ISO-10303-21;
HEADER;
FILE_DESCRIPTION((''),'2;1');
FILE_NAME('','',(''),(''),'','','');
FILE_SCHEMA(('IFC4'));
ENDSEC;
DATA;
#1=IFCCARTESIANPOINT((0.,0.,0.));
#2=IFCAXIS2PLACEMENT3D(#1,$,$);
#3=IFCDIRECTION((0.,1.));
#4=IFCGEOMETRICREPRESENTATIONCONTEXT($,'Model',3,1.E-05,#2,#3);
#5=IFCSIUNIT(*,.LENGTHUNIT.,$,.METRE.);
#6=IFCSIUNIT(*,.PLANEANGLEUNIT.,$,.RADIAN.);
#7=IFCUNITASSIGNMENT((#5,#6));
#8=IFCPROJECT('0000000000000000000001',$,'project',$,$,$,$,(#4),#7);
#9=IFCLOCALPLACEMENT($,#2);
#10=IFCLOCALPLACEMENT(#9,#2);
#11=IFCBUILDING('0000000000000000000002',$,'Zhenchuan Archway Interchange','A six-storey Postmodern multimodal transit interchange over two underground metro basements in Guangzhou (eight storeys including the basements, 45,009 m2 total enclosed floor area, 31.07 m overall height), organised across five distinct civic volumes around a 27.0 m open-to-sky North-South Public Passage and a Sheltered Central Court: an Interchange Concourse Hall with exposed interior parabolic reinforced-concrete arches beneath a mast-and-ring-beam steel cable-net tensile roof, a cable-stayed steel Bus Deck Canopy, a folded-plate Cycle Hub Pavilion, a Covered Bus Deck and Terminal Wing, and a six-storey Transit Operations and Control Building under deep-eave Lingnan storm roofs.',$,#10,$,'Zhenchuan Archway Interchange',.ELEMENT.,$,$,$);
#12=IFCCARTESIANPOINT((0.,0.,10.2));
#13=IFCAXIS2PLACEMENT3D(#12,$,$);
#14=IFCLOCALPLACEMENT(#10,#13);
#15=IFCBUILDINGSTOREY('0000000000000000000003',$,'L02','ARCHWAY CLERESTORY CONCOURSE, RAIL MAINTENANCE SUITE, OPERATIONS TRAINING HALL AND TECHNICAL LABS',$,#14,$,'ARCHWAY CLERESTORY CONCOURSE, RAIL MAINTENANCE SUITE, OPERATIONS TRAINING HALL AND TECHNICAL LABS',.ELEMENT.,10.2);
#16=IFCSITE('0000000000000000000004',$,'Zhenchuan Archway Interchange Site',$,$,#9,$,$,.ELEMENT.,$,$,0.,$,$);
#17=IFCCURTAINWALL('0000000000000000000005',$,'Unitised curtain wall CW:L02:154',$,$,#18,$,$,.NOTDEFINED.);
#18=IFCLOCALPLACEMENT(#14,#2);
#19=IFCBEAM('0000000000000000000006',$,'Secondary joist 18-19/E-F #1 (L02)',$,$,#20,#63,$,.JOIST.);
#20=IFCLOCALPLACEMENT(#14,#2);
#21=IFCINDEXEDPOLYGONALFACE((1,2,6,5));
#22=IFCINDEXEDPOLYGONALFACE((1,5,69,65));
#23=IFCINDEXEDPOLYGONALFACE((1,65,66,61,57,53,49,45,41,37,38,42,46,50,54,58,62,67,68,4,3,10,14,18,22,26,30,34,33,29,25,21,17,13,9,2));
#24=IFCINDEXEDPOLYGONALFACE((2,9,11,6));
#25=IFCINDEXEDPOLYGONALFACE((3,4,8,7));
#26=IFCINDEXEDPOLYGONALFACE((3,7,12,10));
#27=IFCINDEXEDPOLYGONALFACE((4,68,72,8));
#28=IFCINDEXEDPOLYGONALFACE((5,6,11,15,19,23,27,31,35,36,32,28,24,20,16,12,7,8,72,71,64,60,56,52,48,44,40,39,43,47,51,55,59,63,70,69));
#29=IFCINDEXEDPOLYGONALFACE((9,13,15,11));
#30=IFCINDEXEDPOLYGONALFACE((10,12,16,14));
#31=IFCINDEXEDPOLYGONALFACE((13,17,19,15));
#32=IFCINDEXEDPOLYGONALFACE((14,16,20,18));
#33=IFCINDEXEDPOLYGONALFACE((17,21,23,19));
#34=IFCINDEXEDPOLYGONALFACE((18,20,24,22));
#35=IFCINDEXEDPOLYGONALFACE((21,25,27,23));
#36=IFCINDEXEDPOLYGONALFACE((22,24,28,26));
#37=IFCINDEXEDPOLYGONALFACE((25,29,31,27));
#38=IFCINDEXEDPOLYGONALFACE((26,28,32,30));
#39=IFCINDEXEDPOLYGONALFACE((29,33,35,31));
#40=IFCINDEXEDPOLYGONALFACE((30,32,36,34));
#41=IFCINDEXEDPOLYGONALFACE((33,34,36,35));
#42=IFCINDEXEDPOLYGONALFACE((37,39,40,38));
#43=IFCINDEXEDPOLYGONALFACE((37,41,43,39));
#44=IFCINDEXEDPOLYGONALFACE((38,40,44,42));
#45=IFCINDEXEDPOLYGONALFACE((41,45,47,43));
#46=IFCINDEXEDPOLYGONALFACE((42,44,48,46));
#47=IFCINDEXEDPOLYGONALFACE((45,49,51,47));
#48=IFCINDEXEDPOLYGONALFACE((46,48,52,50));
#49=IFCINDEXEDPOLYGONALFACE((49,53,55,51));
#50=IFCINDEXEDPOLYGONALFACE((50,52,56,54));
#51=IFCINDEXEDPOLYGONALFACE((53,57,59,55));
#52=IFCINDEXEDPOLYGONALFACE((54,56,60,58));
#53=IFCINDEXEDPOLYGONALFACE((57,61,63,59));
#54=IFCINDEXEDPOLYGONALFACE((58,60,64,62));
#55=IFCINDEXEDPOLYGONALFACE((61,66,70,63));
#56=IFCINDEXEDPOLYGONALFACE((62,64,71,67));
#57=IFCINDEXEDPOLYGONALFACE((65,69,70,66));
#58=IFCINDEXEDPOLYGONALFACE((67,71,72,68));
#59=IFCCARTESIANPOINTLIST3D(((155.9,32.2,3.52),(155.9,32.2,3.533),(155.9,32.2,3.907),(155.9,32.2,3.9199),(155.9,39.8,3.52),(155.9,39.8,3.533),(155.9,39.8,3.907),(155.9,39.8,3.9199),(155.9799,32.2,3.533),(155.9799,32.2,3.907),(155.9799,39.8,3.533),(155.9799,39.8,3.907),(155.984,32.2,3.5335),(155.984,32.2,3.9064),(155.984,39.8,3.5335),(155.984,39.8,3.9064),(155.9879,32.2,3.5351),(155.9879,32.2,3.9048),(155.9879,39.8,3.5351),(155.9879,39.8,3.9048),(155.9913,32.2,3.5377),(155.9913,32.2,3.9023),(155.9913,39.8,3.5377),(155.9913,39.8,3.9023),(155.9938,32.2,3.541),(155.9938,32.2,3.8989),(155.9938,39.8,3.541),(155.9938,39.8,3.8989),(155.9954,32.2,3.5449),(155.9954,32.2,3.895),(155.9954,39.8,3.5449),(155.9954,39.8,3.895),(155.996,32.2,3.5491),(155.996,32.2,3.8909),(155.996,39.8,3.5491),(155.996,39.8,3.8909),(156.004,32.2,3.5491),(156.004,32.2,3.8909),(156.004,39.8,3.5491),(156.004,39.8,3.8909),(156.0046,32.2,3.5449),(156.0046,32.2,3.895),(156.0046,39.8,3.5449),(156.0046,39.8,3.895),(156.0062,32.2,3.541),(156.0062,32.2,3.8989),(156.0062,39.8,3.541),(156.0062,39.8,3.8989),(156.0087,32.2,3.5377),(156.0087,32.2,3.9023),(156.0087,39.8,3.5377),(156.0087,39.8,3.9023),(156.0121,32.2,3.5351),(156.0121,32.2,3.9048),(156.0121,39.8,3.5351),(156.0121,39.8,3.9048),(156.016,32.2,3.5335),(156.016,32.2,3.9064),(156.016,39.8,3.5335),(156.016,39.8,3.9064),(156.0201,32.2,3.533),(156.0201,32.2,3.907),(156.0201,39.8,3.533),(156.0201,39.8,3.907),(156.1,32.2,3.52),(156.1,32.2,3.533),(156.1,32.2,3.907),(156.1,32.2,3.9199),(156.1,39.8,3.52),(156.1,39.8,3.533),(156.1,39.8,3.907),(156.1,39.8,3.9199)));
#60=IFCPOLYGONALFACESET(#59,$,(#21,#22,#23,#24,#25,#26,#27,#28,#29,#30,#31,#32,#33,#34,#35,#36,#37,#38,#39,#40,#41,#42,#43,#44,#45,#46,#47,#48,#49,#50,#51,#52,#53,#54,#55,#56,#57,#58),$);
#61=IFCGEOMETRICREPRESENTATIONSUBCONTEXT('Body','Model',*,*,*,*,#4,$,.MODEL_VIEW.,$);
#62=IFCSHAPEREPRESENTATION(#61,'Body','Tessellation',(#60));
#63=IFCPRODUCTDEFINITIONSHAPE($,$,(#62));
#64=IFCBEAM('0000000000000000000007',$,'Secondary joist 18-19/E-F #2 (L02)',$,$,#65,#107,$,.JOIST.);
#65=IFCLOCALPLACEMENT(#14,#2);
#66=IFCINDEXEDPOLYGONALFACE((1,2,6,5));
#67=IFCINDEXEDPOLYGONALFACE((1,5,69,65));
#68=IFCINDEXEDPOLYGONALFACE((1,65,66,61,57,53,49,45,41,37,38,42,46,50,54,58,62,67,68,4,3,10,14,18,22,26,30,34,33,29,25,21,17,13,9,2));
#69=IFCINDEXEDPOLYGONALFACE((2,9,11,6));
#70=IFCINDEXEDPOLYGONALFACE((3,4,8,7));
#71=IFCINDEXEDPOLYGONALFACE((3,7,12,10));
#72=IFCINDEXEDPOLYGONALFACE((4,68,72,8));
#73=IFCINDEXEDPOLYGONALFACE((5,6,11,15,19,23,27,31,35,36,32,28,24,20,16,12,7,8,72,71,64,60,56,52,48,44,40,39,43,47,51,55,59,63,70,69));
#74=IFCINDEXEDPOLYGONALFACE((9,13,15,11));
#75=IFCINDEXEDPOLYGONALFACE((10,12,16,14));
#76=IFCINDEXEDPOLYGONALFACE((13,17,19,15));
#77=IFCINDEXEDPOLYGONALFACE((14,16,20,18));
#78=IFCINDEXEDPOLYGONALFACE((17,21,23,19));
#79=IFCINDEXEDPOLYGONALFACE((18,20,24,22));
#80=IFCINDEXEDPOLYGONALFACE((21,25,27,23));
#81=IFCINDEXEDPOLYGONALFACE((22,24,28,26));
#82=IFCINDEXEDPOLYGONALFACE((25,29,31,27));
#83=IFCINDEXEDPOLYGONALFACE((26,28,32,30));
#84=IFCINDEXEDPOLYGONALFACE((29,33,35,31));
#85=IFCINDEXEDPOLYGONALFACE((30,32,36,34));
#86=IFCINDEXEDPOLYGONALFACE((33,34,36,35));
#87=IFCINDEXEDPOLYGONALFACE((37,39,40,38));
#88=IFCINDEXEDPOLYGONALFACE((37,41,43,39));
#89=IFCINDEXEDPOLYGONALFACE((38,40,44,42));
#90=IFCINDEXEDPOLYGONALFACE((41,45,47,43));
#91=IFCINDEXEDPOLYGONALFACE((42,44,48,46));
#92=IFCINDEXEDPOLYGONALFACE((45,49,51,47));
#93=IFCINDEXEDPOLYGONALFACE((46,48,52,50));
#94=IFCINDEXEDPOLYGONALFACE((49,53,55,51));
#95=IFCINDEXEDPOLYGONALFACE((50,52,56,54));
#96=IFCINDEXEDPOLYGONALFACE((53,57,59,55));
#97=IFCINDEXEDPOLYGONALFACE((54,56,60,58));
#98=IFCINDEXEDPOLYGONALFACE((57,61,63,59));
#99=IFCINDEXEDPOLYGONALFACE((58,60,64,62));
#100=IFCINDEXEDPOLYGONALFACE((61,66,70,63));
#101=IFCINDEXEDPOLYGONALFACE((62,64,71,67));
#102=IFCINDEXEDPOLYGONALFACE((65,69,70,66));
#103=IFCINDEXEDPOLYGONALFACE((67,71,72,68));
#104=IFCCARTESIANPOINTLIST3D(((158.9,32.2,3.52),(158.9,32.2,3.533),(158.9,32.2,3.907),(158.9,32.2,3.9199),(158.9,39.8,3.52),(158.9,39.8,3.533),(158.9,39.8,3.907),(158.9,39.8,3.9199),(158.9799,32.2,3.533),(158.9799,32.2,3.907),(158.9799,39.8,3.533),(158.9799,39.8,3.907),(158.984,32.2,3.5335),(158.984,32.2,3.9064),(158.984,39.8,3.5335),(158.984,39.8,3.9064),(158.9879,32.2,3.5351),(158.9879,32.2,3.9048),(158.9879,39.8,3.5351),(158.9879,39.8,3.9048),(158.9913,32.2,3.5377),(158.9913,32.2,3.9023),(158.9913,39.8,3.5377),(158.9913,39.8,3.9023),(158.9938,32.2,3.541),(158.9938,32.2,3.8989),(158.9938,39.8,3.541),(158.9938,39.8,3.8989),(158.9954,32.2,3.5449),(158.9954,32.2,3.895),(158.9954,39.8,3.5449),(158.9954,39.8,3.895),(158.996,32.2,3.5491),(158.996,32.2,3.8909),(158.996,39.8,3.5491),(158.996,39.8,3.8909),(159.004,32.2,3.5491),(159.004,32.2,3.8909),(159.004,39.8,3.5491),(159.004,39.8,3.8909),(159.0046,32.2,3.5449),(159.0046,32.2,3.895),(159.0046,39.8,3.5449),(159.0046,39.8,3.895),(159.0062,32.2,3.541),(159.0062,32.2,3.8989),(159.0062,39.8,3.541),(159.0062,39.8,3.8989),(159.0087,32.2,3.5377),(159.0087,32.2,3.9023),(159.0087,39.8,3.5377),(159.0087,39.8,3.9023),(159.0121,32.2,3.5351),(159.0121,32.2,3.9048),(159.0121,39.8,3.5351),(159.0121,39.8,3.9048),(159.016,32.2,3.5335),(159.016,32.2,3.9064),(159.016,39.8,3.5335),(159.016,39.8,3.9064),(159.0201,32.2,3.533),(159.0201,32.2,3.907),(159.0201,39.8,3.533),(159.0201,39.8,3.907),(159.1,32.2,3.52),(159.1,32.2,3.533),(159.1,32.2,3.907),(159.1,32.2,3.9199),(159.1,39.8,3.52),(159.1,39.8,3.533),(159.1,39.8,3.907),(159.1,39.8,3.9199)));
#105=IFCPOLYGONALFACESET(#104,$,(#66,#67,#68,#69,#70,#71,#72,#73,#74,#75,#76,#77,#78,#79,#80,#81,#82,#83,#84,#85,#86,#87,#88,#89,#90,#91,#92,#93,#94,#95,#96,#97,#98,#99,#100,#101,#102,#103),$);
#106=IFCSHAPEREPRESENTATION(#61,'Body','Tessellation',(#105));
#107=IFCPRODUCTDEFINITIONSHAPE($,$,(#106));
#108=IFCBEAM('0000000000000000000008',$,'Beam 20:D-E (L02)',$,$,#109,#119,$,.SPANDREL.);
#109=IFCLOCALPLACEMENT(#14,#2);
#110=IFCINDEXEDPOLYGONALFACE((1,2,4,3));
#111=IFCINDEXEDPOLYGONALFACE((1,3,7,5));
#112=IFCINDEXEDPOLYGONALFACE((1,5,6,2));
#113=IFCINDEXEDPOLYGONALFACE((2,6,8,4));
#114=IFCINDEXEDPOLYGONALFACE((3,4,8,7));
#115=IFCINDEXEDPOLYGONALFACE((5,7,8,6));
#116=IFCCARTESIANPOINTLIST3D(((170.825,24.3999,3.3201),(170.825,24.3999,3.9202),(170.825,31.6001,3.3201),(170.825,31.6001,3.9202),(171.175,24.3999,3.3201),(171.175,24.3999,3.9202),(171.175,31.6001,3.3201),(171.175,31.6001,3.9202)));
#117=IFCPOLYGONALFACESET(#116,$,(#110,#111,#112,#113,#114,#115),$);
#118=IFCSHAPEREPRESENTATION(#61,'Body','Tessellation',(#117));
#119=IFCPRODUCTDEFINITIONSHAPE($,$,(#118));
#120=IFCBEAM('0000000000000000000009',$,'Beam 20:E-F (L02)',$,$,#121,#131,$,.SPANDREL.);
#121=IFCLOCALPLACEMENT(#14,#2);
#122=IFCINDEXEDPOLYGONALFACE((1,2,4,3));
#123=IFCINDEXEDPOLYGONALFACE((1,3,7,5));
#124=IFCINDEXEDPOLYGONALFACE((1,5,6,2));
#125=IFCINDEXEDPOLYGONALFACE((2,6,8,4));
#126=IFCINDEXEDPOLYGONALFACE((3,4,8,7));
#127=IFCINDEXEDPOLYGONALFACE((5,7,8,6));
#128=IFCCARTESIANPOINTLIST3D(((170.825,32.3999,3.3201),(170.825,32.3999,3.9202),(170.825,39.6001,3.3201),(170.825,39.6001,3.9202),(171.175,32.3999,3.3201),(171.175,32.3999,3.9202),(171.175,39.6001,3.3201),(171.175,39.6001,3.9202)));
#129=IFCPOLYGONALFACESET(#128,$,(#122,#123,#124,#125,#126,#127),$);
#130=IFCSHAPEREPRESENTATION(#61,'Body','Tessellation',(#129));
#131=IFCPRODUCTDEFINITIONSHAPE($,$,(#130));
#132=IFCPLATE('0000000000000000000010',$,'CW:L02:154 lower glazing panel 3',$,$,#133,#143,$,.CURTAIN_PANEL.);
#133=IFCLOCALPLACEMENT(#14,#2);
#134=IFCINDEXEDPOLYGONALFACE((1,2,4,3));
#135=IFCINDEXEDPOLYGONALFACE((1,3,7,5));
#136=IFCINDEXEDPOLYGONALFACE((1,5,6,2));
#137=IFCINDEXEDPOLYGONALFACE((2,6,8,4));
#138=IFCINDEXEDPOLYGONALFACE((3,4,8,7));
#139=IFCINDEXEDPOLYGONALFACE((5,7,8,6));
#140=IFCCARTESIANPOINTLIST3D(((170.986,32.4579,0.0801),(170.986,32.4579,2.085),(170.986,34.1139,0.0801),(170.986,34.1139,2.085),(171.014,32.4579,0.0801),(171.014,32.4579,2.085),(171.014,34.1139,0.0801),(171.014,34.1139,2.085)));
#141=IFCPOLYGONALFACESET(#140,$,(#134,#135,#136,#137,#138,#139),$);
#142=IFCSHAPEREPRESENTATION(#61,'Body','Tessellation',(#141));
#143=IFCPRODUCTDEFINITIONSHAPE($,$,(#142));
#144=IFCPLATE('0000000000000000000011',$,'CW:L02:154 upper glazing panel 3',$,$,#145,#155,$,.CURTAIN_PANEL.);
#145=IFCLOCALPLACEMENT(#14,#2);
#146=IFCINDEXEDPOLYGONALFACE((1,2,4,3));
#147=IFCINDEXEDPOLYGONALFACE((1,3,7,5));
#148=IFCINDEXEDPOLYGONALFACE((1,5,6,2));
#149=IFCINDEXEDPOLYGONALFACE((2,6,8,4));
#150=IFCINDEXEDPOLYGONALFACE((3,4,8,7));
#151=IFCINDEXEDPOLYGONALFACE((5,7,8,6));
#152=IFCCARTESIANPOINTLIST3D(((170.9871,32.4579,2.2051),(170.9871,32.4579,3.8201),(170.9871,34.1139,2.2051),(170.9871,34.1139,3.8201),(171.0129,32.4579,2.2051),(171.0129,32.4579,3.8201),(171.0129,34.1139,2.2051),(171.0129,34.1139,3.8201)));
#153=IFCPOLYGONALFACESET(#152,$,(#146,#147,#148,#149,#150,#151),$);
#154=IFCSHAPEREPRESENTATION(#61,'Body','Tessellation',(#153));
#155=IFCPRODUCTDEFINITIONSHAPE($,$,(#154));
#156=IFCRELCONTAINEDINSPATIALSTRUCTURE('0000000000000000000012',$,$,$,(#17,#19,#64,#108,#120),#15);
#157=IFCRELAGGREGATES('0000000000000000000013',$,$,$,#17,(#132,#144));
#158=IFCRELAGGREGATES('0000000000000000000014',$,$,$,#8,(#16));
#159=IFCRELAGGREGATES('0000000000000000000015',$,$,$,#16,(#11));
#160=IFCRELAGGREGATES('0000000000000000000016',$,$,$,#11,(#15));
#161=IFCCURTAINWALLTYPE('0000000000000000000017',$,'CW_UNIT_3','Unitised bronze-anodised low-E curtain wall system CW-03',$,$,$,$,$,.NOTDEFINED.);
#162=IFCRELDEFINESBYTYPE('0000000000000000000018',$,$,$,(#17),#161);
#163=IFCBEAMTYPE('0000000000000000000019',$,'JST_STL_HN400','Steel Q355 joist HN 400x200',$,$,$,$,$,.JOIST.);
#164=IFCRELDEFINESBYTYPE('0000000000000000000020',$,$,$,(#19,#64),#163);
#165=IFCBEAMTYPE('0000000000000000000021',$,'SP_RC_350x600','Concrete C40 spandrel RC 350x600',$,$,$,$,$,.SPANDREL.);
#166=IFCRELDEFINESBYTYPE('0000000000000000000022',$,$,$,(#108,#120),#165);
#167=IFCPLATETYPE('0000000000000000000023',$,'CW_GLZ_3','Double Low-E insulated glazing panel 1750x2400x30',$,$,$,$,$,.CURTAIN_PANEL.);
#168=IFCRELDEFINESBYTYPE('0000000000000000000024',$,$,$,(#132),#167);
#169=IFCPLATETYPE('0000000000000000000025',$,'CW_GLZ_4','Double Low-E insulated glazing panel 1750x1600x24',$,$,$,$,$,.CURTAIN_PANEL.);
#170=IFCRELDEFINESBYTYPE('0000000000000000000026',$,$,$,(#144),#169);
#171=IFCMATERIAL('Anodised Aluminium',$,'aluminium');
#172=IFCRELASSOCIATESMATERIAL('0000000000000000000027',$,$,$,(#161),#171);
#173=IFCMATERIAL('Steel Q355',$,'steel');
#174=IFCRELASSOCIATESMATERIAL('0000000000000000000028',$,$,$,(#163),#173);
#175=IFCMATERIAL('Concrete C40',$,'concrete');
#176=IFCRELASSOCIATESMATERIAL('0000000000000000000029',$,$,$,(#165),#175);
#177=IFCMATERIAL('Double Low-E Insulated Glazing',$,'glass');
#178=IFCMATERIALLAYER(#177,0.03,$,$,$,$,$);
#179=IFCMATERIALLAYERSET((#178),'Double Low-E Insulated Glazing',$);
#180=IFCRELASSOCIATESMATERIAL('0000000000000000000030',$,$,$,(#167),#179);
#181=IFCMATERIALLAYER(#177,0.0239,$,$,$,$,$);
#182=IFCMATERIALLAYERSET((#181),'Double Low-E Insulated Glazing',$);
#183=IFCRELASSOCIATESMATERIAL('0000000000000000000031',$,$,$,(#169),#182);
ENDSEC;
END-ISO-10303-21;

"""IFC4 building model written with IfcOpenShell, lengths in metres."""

from ifc_helpers import new_model, si_unit, direction, frame, origin, origin_2d, place, context, subcontext, project, spatial, rectangle, i_section, extrude, material, layer, layer_set, material_profile, profile_set, type_object, element, aggregate, save


model = new_model("IFC4")

# Units and contexts
model_context = context("Model", 3, precision=1e-05, world=origin(), true_north=direction((0.0, 1.0)))
body_context = subcontext(model_context, "Body", "Model", "MODEL_VIEW")
ifc_project = project(units=[si_unit("LENGTHUNIT", "METRE"), si_unit("PLANEANGLEUNIT", "RADIAN")], contexts=[model_context])

# Site, building, storey
site_placement = place(None, origin())
site = spatial("IfcSite", under=ifc_project, at=site_placement, Name="Zhenchuan Archway Interchange Site", CompositionType="ELEMENT", RefElevation=0.0)
building_placement = place(site_placement, origin())
building = spatial("IfcBuilding", under=site, at=building_placement, Name="Zhenchuan Archway Interchange", Description="A six-storey Postmodern multimodal transit interchange over two underground metro basements in Guangzhou (eight storeys including the basements, 45,009 m2 total enclosed floor area, 31.07 m overall height), organised across five distinct civic volumes around a 27.0 m open-to-sky North-South Public Passage and a Sheltered Central Court: an Interchange Concourse Hall with exposed interior parabolic reinforced-concrete arches beneath a mast-and-ring-beam steel cable-net tensile roof, a cable-stayed steel Bus Deck Canopy, a folded-plate Cycle Hub Pavilion, a Covered Bus Deck and Terminal Wing, and a six-storey Transit Operations and Control Building under deep-eave Lingnan storm roofs.", LongName="Zhenchuan Archway Interchange", CompositionType="ELEMENT")
storey_placement = place(building_placement, frame((0.0, 0.0, 10.2)))
storey = spatial("IfcBuildingStorey", under=building, at=storey_placement, Name="L02", Description="ARCHWAY CLERESTORY CONCOURSE, RAIL MAINTENANCE SUITE, OPERATIONS TRAINING HALL AND TECHNICAL LABS", LongName="ARCHWAY CLERESTORY CONCOURSE, RAIL MAINTENANCE SUITE, OPERATIONS TRAINING HALL AND TECHNICAL LABS", CompositionType="ELEMENT", Elevation=10.2)

# Shared definitions
ifc_material_1 = material(Name="Concrete C40", Category="concrete")

# Curtain wall
ifc_material_2 = material(Name="Anodised Aluminium", Category="aluminium")
curtain_wall_type = type_object("IfcCurtainWallType", Name="CW_UNIT_3", Description="Unitised bronze-anodised low-E curtain wall system CW-03", PredefinedType="NOTDEFINED", material=ifc_material_2)
curtain_wall_placement = place(storey_placement, origin())
curtain_wall = element("IfcCurtainWall", 1, at=curtain_wall_placement, inside=storey, type_object=curtain_wall_type, Name="Unitised curtain wall CW:L02:154", PredefinedType="NOTDEFINED")

# Beams
ifc_material_3 = material(Name="Steel Q355", Category="steel")
ifc_material_profile_1 = material_profile(ifc_material_3, i_section(OverallWidth=0.2, OverallDepth=0.3999, WebThickness=0.0081, FlangeThickness=0.0129, FilletRadius=0.0161, at=origin_2d()), Name="HN 400x200")
ifc_profile_set_1 = profile_set([ifc_material_profile_1], Name="Steel Q355")
beam_type_1 = type_object("IfcBeamType", Name="JST_STL_HN400", Description="Steel Q355 joist HN 400x200", PredefinedType="JOIST", material=ifc_profile_set_1)
for number, where, z_axis, x_axis, name in (
    (2, (156.0, 32.2, 3.72), (0.0, 1.0, 0.0), (-1.0, 0.0, 0.0), "Secondary joist 18-19/E-F #1 (L02)"),
    (3, (159.0, 32.2, 3.72), (0.0, 1.0, 0.0), (-1.0, 0.0, 0.0), "Secondary joist 18-19/E-F #2 (L02)"),
):
    element("IfcBeam", number, at=place(storey_placement, frame(where, z_axis=z_axis, x_axis=x_axis)), inside=storey, type_object=beam_type_1, Name=name, PredefinedType="JOIST", context=body_context, shape_type="SweptSolid", body=[
        extrude(i_section(OverallWidth=0.2, OverallDepth=0.3999, WebThickness=0.0081, FlangeThickness=0.0129, FilletRadius=0.0161, at=origin_2d()), origin(), (0.0, 0.0, 1.0), 7.6001),
    ])
ifc_material_profile_2 = material_profile(ifc_material_1, rectangle(XDim=0.3501, YDim=0.6001, at=origin_2d()), Name="RC 350x600")
ifc_profile_set_2 = profile_set([ifc_material_profile_2], Name="Concrete C40")
beam_type_2 = type_object("IfcBeamType", Name="SP_RC_350x600", Description="Concrete C40 spandrel RC 350x600", PredefinedType="SPANDREL", material=ifc_profile_set_2)
for number, where, z_axis, x_axis, name in (
    (4, (171.0, 24.3999, 3.6201), (0.0, 1.0, 0.0), (-1.0, 0.0, 0.0), "Beam 20:D-E (L02)"),
    (5, (171.0, 32.3999, 3.6201), (0.0, 1.0, 0.0), (-1.0, 0.0, 0.0), "Beam 20:E-F (L02)"),
):
    element("IfcBeam", number, at=place(storey_placement, frame(where, z_axis=z_axis, x_axis=x_axis)), inside=storey, type_object=beam_type_2, Name=name, PredefinedType="SPANDREL", context=body_context, shape_type="SweptSolid", body=[
        extrude(rectangle(XDim=0.3501, YDim=0.6001, at=origin_2d()), origin(), (0.0, 0.0, 1.0), 7.2002),
    ])

# Plates
ifc_material_4 = material(Name="Double Low-E Insulated Glazing", Category="glass")
ifc_layer_1 = layer(ifc_material_4, 0.03)
ifc_layer_set_1 = layer_set([ifc_layer_1], Name="Double Low-E Insulated Glazing")
plate_type_1 = type_object("IfcPlateType", Name="CW_GLZ_3", Description="Double Low-E insulated glazing panel 1750x2400x30", PredefinedType="CURTAIN_PANEL", material=ifc_layer_set_1)
plate_1_placement = place(storey_placement, frame((171.0, 33.2859, 0.0801), z_axis=(0.0, 0.0, 1.0), x_axis=(0.0, -1.0, 0.0)))
plate_1 = element("IfcPlate", 6, at=plate_1_placement, type_object=plate_type_1, Name="CW:L02:154 lower glazing panel 3", PredefinedType="CURTAIN_PANEL", context=body_context, shape_type="SweptSolid", body=[
    extrude(rectangle(XDim=1.656, YDim=0.0281, at=origin_2d()), origin(), (0.0, 0.0, 1.0), 2.0049),
])
ifc_layer_2 = layer(ifc_material_4, 0.0239)
ifc_layer_set_2 = layer_set([ifc_layer_2], Name="Double Low-E Insulated Glazing")
plate_type_2 = type_object("IfcPlateType", Name="CW_GLZ_4", Description="Double Low-E insulated glazing panel 1750x1600x24", PredefinedType="CURTAIN_PANEL", material=ifc_layer_set_2)
plate_2_placement = place(storey_placement, frame((171.0, 33.2859, 2.2051), z_axis=(0.0, 0.0, 1.0), x_axis=(0.0, -1.0, 0.0)))
plate_2 = element("IfcPlate", 7, at=plate_2_placement, type_object=plate_type_2, Name="CW:L02:154 upper glazing panel 3", PredefinedType="CURTAIN_PANEL", context=body_context, shape_type="SweptSolid", body=[
    extrude(rectangle(XDim=1.656, YDim=0.0259, at=origin_2d()), origin(), (0.0, 0.0, 1.0), 1.615),
])
aggregate(curtain_wall, [plate_1, plate_2])

save(model, "model.ifc")
